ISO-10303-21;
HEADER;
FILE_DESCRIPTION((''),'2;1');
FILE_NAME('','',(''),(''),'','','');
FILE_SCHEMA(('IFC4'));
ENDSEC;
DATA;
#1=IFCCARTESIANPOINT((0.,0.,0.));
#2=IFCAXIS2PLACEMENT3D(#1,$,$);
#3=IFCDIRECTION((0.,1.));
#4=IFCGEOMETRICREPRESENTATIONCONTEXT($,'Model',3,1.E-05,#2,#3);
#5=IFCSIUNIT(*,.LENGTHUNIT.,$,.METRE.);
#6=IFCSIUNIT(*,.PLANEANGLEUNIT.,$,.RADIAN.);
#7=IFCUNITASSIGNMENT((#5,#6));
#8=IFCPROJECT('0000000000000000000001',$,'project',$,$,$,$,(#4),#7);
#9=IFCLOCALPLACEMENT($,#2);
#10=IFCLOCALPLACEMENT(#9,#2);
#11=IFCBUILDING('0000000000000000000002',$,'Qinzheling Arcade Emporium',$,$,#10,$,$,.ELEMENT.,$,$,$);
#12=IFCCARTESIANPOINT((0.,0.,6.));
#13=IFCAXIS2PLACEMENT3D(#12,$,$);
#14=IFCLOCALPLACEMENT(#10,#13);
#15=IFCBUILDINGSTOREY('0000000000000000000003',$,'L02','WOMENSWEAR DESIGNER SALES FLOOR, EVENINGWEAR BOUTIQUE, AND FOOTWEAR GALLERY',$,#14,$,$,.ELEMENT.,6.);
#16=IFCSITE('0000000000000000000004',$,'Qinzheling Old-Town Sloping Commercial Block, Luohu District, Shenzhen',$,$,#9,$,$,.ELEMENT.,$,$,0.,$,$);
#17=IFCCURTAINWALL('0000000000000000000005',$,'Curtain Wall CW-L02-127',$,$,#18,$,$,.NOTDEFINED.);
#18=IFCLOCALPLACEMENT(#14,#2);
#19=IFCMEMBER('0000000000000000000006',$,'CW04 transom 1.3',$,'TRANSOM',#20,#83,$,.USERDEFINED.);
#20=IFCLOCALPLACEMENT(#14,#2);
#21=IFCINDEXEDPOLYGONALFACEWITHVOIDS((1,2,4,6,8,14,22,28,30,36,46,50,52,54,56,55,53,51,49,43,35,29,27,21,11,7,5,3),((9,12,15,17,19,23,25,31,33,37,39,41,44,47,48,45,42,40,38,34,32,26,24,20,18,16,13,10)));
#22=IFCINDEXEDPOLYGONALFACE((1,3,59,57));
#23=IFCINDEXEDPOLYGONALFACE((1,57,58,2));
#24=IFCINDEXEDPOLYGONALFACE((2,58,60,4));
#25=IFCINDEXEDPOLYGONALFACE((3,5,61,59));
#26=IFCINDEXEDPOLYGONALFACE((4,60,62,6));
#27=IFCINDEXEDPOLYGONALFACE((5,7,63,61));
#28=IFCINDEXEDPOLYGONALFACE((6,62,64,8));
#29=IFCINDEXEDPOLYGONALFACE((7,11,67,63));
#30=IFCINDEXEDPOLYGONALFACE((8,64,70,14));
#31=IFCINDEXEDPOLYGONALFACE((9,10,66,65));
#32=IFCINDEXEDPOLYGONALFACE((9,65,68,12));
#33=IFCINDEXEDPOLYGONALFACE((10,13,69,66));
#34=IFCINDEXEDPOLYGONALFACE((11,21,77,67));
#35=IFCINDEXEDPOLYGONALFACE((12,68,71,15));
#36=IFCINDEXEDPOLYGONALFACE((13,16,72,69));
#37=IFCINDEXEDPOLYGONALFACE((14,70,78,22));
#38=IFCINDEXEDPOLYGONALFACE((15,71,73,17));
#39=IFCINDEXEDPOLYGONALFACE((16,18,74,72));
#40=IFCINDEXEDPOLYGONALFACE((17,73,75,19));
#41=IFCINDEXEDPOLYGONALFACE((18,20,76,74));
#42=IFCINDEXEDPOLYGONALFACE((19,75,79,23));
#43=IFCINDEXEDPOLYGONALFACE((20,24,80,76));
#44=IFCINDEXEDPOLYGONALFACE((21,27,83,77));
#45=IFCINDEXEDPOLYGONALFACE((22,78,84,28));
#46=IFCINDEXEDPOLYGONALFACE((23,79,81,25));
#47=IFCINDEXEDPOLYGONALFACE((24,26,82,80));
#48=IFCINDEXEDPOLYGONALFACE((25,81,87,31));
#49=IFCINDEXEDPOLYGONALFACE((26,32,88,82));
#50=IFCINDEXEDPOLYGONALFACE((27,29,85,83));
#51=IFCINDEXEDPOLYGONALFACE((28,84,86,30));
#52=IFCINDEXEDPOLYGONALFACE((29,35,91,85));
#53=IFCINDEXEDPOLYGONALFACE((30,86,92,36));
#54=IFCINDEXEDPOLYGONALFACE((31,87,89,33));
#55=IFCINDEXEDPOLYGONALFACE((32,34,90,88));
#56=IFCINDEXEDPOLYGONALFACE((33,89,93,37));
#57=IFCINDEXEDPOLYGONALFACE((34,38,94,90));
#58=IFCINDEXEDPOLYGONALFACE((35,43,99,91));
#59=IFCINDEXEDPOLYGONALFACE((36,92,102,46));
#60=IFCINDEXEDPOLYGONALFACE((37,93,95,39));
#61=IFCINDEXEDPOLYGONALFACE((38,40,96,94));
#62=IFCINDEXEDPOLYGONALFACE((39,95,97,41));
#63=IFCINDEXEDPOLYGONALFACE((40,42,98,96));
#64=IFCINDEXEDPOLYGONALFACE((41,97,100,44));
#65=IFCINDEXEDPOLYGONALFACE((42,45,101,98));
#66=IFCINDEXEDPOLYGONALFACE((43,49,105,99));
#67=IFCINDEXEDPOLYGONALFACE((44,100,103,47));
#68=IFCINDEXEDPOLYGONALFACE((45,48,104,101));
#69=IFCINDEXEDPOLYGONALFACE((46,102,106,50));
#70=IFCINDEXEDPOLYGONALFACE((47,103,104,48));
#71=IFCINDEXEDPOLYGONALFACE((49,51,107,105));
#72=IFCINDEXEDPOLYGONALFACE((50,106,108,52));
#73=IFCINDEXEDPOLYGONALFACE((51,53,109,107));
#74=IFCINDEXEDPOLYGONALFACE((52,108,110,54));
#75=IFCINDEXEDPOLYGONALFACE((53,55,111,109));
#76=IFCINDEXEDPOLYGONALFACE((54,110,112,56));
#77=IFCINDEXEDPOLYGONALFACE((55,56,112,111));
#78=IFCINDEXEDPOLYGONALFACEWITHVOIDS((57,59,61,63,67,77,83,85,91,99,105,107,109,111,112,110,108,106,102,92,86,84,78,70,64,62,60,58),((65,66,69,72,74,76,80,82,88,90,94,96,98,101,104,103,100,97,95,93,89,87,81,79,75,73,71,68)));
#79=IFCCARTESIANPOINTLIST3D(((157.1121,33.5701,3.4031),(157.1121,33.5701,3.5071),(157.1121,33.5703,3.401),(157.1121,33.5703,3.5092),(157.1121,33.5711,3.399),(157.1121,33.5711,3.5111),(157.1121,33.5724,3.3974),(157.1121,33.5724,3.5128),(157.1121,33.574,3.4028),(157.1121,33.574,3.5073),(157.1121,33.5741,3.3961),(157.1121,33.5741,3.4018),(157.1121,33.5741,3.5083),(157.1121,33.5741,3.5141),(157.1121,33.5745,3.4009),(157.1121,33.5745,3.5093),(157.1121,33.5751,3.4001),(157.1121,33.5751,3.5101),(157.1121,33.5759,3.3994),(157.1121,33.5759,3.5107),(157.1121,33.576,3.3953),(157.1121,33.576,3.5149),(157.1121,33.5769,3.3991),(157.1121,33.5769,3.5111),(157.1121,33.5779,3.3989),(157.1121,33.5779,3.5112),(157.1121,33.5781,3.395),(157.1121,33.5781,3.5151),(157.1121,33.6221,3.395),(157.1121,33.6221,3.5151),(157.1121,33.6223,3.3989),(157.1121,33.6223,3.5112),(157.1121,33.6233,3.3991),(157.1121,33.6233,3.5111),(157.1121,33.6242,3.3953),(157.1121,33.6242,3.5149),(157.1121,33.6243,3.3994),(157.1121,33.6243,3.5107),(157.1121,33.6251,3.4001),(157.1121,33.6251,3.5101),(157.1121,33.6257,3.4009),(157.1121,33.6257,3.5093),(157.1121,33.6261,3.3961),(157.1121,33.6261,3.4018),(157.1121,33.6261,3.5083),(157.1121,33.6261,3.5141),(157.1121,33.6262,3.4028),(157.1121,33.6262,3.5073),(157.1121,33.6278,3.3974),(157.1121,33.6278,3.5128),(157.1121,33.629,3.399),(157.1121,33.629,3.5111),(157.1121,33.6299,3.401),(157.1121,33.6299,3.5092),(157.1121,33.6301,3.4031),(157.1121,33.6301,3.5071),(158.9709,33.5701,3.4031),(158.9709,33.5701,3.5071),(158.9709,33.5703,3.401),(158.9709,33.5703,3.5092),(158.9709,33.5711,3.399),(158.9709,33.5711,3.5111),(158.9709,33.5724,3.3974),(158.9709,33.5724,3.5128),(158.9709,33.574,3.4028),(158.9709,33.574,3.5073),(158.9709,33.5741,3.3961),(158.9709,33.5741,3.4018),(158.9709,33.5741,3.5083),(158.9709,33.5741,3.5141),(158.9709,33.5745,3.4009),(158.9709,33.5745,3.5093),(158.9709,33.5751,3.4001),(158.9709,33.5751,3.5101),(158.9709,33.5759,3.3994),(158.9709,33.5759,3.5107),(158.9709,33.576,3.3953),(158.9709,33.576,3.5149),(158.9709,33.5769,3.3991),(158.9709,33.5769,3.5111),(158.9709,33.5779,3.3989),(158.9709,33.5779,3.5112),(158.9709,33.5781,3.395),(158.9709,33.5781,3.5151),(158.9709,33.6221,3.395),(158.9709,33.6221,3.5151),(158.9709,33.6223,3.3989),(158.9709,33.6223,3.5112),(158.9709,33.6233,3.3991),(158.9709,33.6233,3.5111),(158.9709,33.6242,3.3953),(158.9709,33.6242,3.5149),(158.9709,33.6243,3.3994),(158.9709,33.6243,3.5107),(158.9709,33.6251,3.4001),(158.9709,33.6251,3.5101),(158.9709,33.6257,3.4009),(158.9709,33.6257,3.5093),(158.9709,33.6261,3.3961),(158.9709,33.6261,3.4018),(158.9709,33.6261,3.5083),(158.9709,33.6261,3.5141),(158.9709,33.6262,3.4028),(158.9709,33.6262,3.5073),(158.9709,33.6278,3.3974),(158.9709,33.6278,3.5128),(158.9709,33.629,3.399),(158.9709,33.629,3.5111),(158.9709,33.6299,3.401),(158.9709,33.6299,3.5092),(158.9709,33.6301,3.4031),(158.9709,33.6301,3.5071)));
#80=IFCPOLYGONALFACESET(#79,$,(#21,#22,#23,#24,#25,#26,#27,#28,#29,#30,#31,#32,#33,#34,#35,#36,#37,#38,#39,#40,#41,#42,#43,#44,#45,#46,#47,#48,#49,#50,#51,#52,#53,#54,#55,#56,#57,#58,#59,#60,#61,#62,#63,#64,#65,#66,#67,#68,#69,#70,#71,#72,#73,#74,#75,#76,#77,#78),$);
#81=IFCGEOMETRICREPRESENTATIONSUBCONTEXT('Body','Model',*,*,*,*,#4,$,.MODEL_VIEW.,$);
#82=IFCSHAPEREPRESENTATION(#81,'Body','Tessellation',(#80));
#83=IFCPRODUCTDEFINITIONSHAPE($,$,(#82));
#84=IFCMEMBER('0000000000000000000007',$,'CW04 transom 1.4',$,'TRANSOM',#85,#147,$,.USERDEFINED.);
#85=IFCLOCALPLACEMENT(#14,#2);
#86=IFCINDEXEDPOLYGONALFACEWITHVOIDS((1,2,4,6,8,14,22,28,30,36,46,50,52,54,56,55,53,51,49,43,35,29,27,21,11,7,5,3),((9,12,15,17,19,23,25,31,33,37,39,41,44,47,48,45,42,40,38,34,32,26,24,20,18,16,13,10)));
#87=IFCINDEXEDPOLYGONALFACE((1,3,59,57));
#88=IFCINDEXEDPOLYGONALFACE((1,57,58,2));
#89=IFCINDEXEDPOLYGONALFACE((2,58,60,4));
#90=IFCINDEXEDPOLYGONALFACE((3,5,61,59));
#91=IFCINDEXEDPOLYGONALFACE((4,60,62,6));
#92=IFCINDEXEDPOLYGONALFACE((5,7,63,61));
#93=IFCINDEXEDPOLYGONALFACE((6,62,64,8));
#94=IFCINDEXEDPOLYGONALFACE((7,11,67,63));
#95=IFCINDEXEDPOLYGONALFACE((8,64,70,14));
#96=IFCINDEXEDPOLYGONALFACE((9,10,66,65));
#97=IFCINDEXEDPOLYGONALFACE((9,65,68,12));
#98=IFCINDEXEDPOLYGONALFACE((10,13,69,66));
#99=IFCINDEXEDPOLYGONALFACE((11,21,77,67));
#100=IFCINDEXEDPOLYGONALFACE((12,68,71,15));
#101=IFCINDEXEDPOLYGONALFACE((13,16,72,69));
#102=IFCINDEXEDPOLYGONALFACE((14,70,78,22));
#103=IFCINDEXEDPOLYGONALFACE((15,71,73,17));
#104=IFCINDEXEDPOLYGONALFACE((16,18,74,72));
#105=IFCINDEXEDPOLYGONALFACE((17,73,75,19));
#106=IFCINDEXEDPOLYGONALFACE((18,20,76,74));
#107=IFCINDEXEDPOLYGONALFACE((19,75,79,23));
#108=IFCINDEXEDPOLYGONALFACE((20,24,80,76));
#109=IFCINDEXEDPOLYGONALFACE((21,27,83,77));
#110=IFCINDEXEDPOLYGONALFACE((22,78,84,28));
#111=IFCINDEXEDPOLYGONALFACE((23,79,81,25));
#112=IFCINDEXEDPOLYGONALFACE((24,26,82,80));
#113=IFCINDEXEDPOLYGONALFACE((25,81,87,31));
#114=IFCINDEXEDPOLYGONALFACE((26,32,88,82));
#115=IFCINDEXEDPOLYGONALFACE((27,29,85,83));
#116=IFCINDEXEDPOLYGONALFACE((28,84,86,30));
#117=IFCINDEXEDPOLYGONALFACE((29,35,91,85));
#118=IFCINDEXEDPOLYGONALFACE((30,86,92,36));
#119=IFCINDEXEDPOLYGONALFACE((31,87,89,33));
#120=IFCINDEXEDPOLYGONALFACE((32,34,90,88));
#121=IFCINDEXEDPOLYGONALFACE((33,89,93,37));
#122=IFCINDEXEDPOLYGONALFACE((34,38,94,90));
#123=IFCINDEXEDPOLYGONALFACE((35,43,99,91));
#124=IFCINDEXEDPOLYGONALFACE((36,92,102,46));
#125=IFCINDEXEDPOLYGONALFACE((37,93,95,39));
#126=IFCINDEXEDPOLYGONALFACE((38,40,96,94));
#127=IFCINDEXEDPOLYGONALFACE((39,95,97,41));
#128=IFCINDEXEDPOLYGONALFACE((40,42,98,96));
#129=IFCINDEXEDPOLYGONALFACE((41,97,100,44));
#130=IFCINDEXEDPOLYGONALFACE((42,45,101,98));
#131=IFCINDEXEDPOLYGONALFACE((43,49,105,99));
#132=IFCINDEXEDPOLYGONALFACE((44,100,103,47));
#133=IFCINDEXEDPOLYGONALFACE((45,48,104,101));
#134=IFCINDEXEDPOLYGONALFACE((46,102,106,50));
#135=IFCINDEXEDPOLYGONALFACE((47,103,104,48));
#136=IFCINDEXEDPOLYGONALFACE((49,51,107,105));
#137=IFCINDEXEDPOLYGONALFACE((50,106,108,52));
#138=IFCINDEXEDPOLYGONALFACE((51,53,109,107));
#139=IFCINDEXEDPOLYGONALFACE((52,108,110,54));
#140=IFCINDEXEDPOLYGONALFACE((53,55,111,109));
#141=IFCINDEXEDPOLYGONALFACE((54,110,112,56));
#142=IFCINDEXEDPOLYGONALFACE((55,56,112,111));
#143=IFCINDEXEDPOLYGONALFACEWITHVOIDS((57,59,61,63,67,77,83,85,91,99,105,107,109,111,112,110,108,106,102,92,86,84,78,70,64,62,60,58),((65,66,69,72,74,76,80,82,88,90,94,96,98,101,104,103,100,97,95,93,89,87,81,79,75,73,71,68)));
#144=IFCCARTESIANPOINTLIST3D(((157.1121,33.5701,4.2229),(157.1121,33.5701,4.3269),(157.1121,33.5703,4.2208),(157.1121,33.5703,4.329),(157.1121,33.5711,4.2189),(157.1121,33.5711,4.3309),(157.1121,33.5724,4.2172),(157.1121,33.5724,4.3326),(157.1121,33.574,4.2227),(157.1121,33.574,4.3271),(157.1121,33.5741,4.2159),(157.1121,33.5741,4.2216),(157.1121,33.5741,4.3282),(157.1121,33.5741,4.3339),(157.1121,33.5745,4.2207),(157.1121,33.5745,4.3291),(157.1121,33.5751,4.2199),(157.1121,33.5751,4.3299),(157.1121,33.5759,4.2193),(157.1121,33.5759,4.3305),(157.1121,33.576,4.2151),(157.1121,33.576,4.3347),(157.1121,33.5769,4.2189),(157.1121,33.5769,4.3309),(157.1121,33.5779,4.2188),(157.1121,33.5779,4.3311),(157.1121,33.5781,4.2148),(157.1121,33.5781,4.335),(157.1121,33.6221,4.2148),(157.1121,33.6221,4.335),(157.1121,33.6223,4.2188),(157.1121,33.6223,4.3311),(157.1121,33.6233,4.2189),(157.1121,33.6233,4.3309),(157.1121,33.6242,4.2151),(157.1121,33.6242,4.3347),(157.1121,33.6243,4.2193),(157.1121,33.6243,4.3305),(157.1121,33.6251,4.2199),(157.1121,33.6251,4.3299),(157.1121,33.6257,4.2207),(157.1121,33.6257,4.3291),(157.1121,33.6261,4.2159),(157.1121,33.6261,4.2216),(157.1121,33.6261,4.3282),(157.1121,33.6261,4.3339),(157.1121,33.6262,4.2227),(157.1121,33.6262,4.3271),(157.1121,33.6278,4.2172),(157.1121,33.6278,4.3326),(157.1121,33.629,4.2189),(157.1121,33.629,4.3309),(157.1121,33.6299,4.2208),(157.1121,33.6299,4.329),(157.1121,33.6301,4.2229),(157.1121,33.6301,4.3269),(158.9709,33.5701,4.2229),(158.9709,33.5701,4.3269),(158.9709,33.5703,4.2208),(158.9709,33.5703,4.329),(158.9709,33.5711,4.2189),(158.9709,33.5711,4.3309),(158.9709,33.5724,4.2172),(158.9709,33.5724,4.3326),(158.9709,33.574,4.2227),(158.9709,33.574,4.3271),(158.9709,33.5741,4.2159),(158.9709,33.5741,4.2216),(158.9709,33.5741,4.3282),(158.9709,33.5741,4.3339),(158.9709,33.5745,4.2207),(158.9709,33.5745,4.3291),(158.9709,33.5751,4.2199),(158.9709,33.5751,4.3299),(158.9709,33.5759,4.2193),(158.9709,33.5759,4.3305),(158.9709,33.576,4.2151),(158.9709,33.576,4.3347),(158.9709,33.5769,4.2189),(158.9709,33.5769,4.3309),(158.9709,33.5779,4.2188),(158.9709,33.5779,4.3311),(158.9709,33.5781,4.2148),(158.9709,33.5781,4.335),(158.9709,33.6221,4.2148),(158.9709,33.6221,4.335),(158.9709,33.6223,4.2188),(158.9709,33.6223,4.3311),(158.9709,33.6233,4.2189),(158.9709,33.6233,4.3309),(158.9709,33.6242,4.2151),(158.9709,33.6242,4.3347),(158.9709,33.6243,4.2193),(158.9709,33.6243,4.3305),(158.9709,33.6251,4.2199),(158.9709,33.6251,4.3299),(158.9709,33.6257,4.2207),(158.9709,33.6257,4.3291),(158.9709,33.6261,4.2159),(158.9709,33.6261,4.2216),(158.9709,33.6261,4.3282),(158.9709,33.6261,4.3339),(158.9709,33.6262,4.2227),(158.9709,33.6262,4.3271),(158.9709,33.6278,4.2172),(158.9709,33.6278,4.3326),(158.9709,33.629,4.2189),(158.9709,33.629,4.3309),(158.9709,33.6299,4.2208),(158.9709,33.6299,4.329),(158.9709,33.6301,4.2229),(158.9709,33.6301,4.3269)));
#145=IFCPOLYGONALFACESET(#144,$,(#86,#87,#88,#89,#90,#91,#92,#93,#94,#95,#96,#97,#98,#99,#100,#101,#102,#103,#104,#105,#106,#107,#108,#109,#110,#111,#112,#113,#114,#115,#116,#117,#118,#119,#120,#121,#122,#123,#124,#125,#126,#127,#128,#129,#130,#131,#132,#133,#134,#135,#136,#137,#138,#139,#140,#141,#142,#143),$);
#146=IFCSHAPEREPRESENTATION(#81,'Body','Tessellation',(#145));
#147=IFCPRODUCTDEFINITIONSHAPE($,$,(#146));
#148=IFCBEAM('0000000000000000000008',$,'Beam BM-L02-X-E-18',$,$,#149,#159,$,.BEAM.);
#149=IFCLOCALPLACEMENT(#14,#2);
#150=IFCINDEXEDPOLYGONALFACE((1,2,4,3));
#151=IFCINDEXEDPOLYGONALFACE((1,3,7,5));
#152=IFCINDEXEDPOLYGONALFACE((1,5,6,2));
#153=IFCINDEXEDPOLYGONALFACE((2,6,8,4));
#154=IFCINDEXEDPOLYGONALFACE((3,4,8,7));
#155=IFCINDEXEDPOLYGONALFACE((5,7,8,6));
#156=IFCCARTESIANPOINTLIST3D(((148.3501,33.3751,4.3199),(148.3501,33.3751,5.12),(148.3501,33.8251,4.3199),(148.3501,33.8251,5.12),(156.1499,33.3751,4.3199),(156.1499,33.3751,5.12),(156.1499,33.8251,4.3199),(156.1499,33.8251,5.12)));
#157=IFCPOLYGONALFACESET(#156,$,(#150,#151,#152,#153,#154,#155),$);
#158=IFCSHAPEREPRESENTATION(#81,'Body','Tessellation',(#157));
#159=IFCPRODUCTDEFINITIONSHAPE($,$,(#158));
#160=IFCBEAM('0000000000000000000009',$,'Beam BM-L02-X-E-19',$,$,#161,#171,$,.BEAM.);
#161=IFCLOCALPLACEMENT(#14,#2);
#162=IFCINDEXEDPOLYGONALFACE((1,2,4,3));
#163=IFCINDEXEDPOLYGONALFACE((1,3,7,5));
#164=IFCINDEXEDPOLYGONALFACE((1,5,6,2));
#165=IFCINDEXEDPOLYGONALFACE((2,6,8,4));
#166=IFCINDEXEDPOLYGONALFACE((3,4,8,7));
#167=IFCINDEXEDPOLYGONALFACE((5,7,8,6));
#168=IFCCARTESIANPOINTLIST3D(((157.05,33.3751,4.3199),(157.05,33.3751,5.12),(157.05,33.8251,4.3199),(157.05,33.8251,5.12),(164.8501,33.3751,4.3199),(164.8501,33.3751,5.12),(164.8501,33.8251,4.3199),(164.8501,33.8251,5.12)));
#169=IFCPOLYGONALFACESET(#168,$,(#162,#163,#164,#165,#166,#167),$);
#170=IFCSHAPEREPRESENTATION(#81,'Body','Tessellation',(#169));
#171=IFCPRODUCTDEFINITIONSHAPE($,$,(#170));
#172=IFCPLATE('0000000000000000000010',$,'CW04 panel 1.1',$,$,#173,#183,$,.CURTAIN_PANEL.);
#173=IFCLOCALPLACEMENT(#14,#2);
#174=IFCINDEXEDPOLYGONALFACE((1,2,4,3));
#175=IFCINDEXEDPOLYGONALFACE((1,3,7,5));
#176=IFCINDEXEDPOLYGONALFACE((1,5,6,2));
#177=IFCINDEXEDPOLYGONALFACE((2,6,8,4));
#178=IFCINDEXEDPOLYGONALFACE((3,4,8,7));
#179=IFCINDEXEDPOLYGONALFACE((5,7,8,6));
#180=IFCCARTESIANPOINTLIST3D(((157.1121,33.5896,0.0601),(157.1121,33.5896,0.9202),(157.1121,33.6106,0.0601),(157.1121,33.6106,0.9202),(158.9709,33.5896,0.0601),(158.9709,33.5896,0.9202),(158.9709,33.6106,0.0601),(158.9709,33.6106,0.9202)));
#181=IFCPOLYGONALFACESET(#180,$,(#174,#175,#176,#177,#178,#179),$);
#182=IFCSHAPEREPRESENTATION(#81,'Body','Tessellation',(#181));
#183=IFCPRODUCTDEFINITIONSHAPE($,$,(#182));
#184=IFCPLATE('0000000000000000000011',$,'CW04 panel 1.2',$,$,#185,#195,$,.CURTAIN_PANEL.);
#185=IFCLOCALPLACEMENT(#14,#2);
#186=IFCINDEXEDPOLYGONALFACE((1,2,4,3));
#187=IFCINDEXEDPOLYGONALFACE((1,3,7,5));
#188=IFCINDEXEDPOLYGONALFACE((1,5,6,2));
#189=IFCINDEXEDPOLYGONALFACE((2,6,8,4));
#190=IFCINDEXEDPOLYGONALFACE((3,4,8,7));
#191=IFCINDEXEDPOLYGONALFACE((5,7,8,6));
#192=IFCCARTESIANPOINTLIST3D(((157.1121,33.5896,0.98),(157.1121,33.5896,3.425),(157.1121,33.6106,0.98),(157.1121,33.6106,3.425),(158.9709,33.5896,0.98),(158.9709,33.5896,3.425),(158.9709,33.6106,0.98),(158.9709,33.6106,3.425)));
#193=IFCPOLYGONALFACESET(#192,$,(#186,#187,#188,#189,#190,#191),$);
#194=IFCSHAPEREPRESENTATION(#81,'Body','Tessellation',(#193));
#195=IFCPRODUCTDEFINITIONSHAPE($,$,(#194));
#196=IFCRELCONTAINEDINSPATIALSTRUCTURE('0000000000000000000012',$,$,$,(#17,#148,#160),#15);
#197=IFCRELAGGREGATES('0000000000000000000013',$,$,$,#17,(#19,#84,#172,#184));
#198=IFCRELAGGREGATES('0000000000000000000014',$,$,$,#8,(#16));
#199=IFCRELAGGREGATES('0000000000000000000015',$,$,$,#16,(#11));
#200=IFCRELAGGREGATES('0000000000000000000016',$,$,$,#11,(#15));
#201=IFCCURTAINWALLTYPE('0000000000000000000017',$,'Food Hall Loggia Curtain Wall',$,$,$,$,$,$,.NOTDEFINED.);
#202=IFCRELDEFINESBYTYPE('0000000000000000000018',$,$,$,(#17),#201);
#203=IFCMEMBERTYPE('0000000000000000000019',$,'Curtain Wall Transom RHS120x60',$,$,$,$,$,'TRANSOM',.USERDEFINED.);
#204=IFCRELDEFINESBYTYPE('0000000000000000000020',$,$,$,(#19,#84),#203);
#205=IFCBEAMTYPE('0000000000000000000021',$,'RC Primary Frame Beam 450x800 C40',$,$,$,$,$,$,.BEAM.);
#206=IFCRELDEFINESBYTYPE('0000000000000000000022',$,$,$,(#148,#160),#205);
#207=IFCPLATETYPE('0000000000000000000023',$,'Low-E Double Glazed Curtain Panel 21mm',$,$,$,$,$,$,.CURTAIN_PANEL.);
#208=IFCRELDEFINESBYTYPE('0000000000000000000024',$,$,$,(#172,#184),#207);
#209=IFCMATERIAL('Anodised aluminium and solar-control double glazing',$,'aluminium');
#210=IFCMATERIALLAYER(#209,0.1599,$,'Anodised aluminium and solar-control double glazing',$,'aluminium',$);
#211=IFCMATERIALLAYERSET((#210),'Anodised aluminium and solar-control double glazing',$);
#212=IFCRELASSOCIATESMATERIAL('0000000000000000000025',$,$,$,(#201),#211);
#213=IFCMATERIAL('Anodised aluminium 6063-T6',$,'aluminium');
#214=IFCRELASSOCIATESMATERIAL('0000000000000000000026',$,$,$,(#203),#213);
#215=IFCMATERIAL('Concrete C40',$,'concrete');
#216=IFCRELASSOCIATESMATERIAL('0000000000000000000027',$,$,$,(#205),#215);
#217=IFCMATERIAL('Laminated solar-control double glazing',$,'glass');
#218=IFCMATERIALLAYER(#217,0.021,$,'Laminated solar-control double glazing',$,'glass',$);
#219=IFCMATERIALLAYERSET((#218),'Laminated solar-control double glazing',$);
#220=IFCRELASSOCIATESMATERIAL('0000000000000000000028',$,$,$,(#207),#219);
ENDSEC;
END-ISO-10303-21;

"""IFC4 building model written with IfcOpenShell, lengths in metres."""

from ifc_helpers import new_model, si_unit, direction, frame, origin, origin_2d, place, context, subcontext, project, spatial, rectangle, hollow_rectangle, extrude, material, layer, layer_set, material_profile, profile_set, type_object, element, aggregate, save


model = new_model("IFC4")

# Units and contexts
model_context = context("Model", 3, precision=1e-05, world=origin(), true_north=direction((0.0, 1.0)))
body_context = subcontext(model_context, "Body", "Model", "MODEL_VIEW")
ifc_project = project(units=[si_unit("LENGTHUNIT", "METRE"), si_unit("PLANEANGLEUNIT", "RADIAN")], contexts=[model_context])

# Site, building, storey
site_placement = place(None, origin())
site = spatial("IfcSite", under=ifc_project, at=site_placement, Name="Qinzheling Old-Town Sloping Commercial Block, Luohu District, Shenzhen", CompositionType="ELEMENT", RefElevation=0.0)
building_placement = place(site_placement, origin())
building = spatial("IfcBuilding", under=site, at=building_placement, Name="Qinzheling Arcade Emporium", CompositionType="ELEMENT")
storey_placement = place(building_placement, frame((0.0, 0.0, 6.0)))
storey = spatial("IfcBuildingStorey", under=building, at=storey_placement, Name="L02", Description="WOMENSWEAR DESIGNER SALES FLOOR, EVENINGWEAR BOUTIQUE, AND FOOTWEAR GALLERY", CompositionType="ELEMENT", Elevation=6.0)

# Shared definitions
ifc_material_1 = material(Name="Anodised aluminium and solar-control double glazing", Category="aluminium")
ifc_layer_1 = layer(ifc_material_1, 0.1599, Name="Anodised aluminium and solar-control double glazing", Category="aluminium")
ifc_layer_set_1 = layer_set([ifc_layer_1], Name="Anodised aluminium and solar-control double glazing")
curtain_wall_type = type_object("IfcCurtainWallType", Name="Food Hall Loggia Curtain Wall", PredefinedType="NOTDEFINED", material=ifc_layer_set_1)
ifc_material_2 = material(Name="Anodised aluminium 6063-T6", Category="aluminium")

# Curtain wall
curtain_wall_1_placement = place(storey_placement, origin())
curtain_wall_1 = element("IfcCurtainWall", 1, at=curtain_wall_1_placement, inside=storey, type_object=curtain_wall_type, Name="Curtain Wall CW-L02-127", PredefinedType="NOTDEFINED")

# Members
ifc_material_profile_1 = material_profile(ifc_material_2, hollow_rectangle(XDim=0.0601, YDim=0.1201, WallThickness=0.0039, InnerFilletRadius=0.0039, OuterFilletRadius=0.0081, at=origin_2d()), Name="RHS 120x60x4", Category="aluminium")
ifc_profile_set_1 = profile_set([ifc_material_profile_1], Name="Anodised aluminium 6063-T6")
member_type_1 = type_object("IfcMemberType", Name="Curtain Wall Transom RHS120x60", ElementType="TRANSOM", PredefinedType="USERDEFINED", material=ifc_profile_set_1)
member_1_placement = place(storey_placement, frame((157.1121, 33.6001, 3.4551), z_axis=(1.0, 0.0, 0.0), x_axis=(0.0, 1.0, 0.0)))
member_1 = element("IfcMember", 2, at=member_1_placement, type_object=member_type_1, Name="CW04 transom 1.3", ObjectType="TRANSOM", PredefinedType="USERDEFINED", context=body_context, shape_type="SweptSolid", body=[
    extrude(hollow_rectangle(XDim=0.0601, YDim=0.1201, WallThickness=0.0039, InnerFilletRadius=0.0039, OuterFilletRadius=0.0081, at=origin_2d()), origin(), (0.0, 0.0, 1.0), 1.8589),
])
member_2_placement = place(storey_placement, frame((157.1121, 33.6001, 4.2749), z_axis=(1.0, 0.0, 0.0), x_axis=(0.0, 1.0, 0.0)))
member_2 = element("IfcMember", 3, at=member_2_placement, type_object=member_type_1, Name="CW04 transom 1.4", ObjectType="TRANSOM", PredefinedType="USERDEFINED", context=body_context, shape_type="SweptSolid", body=[
    extrude(hollow_rectangle(XDim=0.0601, YDim=0.1201, WallThickness=0.0039, InnerFilletRadius=0.0039, OuterFilletRadius=0.0081, at=origin_2d()), origin(), (0.0, 0.0, 1.0), 1.8589),
])

# Beams
ifc_material_3 = material(Name="Concrete C40", Category="concrete")
ifc_material_profile_2 = material_profile(ifc_material_3, rectangle(XDim=0.45, YDim=0.8, at=origin_2d()), Name="RC 450x800", Category="concrete")
ifc_profile_set_2 = profile_set([ifc_material_profile_2], Name="Concrete C40")
beam_type = type_object("IfcBeamType", Name="RC Primary Frame Beam 450x800 C40", PredefinedType="BEAM", material=ifc_profile_set_2)
beam_1_placement = place(storey_placement, frame((148.3501, 33.6001, 4.72), z_axis=(1.0, 0.0, 0.0), x_axis=(0.0, 1.0, 0.0)))
element("IfcBeam", 4, at=beam_1_placement, inside=storey, type_object=beam_type, Name="Beam BM-L02-X-E-18", PredefinedType="BEAM", context=body_context, shape_type="SweptSolid", body=[
    extrude(rectangle(XDim=0.45, YDim=0.8, at=origin_2d()), origin(), (0.0, 0.0, 1.0), 7.7998),
])
beam_2_placement = place(storey_placement, frame((157.05, 33.6001, 4.72), z_axis=(1.0, 0.0, 0.0), x_axis=(0.0, 1.0, 0.0)))
element("IfcBeam", 5, at=beam_2_placement, inside=storey, type_object=beam_type, Name="Beam BM-L02-X-E-19", PredefinedType="BEAM", context=body_context, shape_type="SweptSolid", body=[
    extrude(rectangle(XDim=0.45, YDim=0.8, at=origin_2d()), origin(), (0.0, 0.0, 1.0), 7.8),
])

# Plates
ifc_material_4 = material(Name="Laminated solar-control double glazing", Category="glass")
ifc_layer_2 = layer(ifc_material_4, 0.021, Name="Laminated solar-control double glazing", Category="glass")
ifc_layer_set_2 = layer_set([ifc_layer_2], Name="Laminated solar-control double glazing")
plate_type_1 = type_object("IfcPlateType", Name="Low-E Double Glazed Curtain Panel 21mm", PredefinedType="CURTAIN_PANEL", material=ifc_layer_set_2)
plate_1_placement = place(storey_placement, frame((158.0415, 33.6001, 0.0601), z_axis=(0.0, 0.0, 1.0), x_axis=(1.0, 0.0, 0.0)))
plate_1 = element("IfcPlate", 6, at=plate_1_placement, type_object=plate_type_1, Name="CW04 panel 1.1", PredefinedType="CURTAIN_PANEL", context=body_context, shape_type="SweptSolid", body=[
    extrude(rectangle(XDim=1.8589, YDim=0.021, at=origin_2d()), origin(), (0.0, 0.0, 1.0), 0.8601),
])
plate_2_placement = place(storey_placement, frame((158.0415, 33.6001, 0.98), z_axis=(0.0, 0.0, 1.0), x_axis=(1.0, 0.0, 0.0)))
plate_2 = element("IfcPlate", 7, at=plate_2_placement, type_object=plate_type_1, Name="CW04 panel 1.2", PredefinedType="CURTAIN_PANEL", context=body_context, shape_type="SweptSolid", body=[
    extrude(rectangle(XDim=1.8589, YDim=0.021, at=origin_2d()), origin(), (0.0, 0.0, 1.0), 2.4451),
])
aggregate(curtain_wall_1, [member_1, member_2, plate_1, plate_2])

save(model, "model.ifc")
